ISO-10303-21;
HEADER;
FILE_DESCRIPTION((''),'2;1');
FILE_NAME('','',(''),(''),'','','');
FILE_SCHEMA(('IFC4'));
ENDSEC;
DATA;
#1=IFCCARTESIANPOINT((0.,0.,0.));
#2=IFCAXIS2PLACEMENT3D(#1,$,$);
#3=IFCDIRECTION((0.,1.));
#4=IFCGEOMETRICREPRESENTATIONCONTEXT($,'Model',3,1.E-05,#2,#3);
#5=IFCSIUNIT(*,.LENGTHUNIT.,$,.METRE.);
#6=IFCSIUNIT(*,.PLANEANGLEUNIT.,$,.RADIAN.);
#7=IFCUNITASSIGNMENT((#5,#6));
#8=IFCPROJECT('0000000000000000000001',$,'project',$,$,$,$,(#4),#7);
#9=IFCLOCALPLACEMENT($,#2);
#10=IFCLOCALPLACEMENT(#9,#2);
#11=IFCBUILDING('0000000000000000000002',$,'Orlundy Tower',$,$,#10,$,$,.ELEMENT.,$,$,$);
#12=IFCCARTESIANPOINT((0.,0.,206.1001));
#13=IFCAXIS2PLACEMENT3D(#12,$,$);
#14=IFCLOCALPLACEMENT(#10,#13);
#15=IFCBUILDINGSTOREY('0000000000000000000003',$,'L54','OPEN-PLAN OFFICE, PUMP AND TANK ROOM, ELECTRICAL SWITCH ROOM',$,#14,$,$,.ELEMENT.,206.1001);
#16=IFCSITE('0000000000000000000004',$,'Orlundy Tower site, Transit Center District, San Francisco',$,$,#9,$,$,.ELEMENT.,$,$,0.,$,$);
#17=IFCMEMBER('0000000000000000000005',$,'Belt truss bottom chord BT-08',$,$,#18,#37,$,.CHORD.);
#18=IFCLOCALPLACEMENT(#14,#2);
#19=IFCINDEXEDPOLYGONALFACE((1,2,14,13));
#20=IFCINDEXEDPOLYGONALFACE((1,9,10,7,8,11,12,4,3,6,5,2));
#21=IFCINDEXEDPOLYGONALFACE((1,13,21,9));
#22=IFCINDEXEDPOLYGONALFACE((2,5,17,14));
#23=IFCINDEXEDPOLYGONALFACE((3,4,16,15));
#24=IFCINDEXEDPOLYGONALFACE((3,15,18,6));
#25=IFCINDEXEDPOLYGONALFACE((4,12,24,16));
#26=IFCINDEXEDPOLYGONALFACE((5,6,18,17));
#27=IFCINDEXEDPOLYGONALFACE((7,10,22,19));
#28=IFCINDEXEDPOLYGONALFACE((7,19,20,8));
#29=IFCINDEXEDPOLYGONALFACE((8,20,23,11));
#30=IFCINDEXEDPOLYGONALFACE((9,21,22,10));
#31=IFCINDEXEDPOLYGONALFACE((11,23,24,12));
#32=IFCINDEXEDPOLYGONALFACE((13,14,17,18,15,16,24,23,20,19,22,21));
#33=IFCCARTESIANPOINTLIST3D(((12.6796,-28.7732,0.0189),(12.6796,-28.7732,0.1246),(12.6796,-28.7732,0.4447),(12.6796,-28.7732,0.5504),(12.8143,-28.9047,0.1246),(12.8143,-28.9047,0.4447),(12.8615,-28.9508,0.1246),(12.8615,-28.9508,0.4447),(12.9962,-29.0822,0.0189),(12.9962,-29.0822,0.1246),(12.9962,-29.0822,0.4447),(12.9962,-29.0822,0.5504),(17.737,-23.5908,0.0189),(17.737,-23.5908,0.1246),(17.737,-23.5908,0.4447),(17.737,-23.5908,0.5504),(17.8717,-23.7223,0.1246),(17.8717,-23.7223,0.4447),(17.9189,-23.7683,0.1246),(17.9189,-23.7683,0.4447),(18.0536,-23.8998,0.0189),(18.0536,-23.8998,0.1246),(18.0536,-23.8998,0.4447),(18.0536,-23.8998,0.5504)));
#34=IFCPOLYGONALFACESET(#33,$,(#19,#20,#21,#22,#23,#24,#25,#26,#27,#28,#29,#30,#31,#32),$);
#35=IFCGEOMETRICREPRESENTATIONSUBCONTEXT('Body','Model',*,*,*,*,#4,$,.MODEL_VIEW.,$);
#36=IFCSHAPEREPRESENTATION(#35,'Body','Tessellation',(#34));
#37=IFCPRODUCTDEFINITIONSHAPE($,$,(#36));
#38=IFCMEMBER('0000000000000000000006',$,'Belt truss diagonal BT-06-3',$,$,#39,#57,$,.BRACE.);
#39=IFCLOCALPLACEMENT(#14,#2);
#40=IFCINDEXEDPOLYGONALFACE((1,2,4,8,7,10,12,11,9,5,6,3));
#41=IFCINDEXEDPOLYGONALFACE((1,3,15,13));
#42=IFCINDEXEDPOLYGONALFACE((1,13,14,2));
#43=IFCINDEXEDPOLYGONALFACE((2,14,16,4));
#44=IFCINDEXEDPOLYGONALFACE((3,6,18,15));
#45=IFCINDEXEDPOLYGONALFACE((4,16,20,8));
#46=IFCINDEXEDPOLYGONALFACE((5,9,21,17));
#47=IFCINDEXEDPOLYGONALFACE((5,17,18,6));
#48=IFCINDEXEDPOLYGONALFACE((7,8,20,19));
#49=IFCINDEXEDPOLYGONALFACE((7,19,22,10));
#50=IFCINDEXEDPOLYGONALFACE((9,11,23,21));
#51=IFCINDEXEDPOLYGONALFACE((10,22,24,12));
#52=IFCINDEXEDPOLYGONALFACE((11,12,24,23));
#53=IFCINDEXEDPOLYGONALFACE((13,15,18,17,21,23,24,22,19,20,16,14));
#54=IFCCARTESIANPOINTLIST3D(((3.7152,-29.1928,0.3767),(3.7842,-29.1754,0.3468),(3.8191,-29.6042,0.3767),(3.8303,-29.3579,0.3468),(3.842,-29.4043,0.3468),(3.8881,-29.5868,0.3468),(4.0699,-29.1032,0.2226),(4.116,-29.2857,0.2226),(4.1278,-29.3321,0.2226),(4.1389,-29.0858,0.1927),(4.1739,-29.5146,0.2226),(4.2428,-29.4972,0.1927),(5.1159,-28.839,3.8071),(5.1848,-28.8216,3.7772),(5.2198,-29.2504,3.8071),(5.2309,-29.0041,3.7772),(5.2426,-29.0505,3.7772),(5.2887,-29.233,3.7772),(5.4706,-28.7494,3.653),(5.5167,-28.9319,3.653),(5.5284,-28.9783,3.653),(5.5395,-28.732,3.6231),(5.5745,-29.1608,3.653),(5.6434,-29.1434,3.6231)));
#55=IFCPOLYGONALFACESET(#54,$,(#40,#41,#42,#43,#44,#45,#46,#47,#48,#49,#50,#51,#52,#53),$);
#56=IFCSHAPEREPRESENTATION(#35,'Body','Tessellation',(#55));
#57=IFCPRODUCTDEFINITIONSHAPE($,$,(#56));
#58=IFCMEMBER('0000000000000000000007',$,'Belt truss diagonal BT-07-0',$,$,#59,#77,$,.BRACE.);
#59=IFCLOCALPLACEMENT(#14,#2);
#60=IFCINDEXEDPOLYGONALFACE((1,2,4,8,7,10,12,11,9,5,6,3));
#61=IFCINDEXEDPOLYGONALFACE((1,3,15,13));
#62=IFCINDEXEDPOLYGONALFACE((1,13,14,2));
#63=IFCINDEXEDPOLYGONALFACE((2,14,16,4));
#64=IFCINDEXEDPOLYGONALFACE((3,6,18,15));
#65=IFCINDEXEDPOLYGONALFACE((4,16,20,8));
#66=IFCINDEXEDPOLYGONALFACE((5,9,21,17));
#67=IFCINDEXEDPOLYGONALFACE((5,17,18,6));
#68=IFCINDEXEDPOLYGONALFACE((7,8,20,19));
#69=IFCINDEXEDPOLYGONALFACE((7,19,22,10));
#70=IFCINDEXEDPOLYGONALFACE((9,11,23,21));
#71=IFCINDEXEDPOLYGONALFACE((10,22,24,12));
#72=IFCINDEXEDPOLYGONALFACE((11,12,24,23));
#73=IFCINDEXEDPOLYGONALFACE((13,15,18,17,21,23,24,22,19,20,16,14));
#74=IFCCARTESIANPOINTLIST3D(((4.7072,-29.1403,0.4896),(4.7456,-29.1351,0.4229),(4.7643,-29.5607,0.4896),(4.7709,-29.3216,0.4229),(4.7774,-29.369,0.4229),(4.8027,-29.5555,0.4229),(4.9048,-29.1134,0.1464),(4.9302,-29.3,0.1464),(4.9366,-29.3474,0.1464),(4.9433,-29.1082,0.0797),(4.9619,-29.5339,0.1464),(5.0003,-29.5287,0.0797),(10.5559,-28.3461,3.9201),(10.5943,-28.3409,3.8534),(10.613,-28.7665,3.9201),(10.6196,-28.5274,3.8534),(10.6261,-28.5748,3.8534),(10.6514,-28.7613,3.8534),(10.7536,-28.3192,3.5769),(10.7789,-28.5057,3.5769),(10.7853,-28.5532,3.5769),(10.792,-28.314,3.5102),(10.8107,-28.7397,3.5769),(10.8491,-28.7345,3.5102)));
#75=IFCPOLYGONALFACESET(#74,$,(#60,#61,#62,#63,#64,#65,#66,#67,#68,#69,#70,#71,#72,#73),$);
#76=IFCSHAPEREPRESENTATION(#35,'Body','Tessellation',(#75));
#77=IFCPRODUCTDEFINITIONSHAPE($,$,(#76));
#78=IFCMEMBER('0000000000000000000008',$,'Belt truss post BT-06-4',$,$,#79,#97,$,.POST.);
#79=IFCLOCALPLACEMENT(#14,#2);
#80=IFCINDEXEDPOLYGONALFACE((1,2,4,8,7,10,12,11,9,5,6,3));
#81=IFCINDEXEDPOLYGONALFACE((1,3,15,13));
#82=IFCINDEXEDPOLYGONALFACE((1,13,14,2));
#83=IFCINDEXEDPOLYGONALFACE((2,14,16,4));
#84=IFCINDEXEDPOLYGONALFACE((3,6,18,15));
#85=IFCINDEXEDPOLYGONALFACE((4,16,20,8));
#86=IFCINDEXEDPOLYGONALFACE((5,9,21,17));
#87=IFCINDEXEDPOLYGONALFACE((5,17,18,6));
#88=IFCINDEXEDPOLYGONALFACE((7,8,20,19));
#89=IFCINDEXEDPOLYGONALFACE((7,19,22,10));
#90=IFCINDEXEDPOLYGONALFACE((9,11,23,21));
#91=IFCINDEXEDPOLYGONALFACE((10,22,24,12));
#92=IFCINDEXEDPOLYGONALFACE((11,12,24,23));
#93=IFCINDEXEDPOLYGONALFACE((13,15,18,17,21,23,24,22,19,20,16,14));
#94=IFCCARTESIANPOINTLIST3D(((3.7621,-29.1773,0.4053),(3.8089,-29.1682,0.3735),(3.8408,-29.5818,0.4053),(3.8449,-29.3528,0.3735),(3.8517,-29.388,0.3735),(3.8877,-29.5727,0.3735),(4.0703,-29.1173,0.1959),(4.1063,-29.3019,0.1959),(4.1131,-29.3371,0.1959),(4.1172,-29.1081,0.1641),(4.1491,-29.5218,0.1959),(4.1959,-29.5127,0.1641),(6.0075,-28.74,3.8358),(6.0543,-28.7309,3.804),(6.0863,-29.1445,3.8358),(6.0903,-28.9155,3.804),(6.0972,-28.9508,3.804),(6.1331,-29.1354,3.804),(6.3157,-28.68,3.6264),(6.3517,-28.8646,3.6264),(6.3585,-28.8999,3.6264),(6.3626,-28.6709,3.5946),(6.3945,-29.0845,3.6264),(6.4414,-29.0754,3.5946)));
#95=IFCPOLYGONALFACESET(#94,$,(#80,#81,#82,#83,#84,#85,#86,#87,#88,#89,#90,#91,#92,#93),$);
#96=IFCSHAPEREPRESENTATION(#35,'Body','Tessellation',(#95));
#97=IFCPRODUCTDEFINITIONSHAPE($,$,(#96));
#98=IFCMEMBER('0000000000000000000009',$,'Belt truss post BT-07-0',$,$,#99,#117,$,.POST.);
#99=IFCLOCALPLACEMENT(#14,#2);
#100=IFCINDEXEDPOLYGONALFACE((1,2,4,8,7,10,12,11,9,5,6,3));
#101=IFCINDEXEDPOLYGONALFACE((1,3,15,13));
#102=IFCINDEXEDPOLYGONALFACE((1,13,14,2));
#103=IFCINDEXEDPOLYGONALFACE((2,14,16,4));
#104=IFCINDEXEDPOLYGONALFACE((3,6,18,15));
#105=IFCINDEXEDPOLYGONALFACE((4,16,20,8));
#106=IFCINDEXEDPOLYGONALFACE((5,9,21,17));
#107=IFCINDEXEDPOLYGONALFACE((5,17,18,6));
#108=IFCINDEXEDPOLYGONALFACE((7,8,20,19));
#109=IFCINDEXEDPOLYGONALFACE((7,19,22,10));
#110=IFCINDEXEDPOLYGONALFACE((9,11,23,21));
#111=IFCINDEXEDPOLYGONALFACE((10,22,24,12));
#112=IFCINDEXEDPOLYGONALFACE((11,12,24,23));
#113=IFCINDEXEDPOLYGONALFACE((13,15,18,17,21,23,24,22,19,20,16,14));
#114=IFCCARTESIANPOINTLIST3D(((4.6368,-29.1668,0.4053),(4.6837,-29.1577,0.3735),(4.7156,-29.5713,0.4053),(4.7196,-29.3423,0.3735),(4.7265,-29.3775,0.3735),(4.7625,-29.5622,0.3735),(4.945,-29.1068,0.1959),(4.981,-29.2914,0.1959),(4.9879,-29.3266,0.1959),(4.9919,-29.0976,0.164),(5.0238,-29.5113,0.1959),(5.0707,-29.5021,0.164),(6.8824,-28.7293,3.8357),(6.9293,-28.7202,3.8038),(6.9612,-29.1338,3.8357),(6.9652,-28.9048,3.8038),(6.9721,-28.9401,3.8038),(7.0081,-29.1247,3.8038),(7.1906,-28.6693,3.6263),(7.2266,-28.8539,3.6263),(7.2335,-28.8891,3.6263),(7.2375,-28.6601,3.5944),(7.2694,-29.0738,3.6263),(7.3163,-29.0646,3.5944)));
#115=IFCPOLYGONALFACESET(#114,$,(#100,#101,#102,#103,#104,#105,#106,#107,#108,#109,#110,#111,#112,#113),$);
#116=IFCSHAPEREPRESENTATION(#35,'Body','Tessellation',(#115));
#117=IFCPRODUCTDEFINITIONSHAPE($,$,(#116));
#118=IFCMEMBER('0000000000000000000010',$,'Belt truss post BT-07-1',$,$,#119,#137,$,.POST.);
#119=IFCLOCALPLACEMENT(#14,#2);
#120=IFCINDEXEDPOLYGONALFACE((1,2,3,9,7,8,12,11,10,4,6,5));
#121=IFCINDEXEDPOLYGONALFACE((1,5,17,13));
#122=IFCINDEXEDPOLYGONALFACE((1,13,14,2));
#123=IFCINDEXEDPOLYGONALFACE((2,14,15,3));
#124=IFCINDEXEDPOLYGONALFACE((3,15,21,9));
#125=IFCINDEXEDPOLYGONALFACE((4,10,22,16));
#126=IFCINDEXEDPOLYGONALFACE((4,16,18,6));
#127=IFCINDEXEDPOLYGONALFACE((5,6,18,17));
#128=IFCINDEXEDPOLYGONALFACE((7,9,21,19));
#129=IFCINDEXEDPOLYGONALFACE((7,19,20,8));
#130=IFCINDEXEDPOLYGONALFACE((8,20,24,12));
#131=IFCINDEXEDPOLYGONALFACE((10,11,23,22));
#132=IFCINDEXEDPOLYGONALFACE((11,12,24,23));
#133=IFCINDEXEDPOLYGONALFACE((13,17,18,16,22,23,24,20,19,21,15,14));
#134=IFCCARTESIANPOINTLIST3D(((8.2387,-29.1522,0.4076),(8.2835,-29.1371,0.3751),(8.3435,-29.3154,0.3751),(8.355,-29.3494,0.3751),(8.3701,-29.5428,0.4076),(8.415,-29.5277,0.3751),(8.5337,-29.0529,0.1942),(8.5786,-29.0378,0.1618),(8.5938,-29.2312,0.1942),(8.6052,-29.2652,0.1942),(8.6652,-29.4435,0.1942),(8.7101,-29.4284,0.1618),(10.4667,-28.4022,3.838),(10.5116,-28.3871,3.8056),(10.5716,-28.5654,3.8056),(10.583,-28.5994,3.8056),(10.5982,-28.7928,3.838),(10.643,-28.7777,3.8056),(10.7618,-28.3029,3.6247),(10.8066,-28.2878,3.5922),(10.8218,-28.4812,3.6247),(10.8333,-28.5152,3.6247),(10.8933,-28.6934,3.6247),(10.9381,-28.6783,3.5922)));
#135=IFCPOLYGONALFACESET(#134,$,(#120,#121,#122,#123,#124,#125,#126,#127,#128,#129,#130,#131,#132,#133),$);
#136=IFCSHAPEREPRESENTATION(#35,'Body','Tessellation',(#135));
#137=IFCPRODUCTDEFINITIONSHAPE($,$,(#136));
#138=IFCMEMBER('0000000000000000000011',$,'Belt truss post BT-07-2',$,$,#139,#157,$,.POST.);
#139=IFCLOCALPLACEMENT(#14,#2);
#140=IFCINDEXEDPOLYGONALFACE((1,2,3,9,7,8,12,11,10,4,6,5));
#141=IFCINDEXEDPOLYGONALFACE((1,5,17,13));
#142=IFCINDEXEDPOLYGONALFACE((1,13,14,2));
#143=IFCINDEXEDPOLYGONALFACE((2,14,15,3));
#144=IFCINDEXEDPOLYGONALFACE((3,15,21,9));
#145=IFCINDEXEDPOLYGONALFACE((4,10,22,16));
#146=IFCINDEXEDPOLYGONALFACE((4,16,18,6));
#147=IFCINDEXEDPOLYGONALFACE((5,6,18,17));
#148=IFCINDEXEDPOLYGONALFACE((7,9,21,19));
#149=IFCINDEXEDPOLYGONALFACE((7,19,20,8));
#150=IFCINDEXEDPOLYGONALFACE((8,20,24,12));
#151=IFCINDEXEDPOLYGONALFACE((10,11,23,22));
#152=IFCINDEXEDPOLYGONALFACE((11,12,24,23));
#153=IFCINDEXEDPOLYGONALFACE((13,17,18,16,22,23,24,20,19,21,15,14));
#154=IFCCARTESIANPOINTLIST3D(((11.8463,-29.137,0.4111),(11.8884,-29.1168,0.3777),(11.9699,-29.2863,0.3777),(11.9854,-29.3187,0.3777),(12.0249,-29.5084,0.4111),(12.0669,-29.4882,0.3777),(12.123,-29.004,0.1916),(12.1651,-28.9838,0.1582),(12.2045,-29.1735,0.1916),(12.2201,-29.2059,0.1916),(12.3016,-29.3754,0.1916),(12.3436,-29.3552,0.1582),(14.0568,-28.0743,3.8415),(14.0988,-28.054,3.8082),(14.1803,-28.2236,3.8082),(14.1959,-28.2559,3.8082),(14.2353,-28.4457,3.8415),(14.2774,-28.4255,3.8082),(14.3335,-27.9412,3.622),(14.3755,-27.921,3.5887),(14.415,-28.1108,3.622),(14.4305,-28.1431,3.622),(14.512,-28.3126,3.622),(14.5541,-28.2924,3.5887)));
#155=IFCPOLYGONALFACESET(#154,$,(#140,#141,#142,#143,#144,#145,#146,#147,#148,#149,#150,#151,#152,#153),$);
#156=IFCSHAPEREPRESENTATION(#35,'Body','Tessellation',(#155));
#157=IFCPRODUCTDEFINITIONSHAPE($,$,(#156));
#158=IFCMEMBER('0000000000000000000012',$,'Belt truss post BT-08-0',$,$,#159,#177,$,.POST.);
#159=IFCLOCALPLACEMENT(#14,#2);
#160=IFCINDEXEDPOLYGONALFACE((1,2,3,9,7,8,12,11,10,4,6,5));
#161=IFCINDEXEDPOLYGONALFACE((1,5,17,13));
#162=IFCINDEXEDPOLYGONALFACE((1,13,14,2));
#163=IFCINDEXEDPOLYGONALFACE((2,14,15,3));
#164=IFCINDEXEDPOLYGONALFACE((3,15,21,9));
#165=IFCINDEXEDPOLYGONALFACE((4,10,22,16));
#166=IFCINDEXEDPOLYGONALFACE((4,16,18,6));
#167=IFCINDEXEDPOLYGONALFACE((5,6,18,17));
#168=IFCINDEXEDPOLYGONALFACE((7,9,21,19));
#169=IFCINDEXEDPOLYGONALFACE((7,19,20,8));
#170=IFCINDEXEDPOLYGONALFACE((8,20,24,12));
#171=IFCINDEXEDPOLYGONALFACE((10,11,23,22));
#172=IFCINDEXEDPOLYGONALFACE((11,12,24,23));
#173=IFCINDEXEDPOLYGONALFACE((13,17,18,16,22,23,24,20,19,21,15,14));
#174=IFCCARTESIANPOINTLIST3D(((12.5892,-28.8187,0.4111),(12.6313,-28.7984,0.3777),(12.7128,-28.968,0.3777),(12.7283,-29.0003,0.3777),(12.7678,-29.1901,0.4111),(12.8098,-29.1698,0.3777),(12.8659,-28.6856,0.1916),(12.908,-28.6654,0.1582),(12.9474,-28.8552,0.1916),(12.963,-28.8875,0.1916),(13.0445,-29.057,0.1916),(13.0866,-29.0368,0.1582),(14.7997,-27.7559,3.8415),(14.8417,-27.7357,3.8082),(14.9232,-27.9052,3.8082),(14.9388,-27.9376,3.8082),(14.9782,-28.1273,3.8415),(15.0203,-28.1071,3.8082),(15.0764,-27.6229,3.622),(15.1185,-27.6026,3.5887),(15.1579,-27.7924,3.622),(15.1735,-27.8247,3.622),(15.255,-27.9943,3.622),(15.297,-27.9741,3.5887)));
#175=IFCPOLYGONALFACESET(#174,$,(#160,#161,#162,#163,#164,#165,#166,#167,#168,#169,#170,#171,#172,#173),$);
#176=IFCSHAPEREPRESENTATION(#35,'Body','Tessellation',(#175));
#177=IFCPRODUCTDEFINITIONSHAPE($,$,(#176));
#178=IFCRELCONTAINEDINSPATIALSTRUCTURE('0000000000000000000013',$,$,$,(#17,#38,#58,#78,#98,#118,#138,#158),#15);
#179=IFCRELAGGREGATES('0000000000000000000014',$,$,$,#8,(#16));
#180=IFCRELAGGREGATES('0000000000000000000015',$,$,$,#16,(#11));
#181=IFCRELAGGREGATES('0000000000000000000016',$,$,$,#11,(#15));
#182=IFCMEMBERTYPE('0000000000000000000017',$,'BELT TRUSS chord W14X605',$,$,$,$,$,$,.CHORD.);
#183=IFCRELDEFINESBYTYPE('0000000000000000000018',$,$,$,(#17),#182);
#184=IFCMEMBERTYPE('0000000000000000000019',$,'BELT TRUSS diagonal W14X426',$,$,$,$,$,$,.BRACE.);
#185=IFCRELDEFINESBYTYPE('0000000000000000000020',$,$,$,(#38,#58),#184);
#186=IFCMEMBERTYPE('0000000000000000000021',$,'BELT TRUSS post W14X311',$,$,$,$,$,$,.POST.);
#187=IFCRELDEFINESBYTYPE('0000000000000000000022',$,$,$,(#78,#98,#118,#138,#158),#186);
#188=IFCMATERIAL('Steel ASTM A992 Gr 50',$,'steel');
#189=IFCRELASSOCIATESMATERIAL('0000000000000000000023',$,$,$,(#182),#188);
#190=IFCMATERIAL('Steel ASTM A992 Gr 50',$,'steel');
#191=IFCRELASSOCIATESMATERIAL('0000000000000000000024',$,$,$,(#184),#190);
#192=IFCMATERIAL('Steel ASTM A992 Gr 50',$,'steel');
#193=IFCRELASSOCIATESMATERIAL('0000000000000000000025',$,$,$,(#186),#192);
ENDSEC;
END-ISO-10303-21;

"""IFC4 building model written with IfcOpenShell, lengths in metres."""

from ifc_helpers import new_model, si_unit, direction, frame, origin, origin_2d, place, context, subcontext, project, spatial, i_section, extrude, material, material_profile, profile_set, type_object, element, save


model = new_model("IFC4")

# Units and contexts
model_context = context("Model", 3, precision=1e-05, world=origin(), true_north=direction((0.0, 1.0)))
body_context = subcontext(model_context, "Body", "Model", "MODEL_VIEW")
ifc_project = project(units=[si_unit("LENGTHUNIT", "METRE"), si_unit("PLANEANGLEUNIT", "RADIAN")], contexts=[model_context])

# Site, building, storey
site_placement = place(None, origin())
site = spatial("IfcSite", under=ifc_project, at=site_placement, Name="Orlundy Tower site, Transit Center District, San Francisco", CompositionType="ELEMENT", RefElevation=0.0)
building_placement = place(site_placement, origin())
building = spatial("IfcBuilding", under=site, at=building_placement, Name="Orlundy Tower", CompositionType="ELEMENT")
storey_placement = place(building_placement, frame((0.0, 0.0, 206.1001)))
storey = spatial("IfcBuildingStorey", under=building, at=storey_placement, Name="L54", Description="OPEN-PLAN OFFICE, PUMP AND TANK ROOM, ELECTRICAL SWITCH ROOM", CompositionType="ELEMENT", Elevation=206.1001)

# Members
ifc_material_1 = material(Name="Steel ASTM A992 Gr 50", Category="steel")
ifc_material_profile_1 = material_profile(ifc_material_1, i_section(OverallWidth=0.4424, OverallDepth=0.5315, WebThickness=0.0659, FlangeThickness=0.1057, at=origin_2d()), Name="W14X605")
ifc_profile_set_1 = profile_set([ifc_material_profile_1], Name="Steel ASTM A992 Gr 50")
member_type_1 = type_object("IfcMemberType", Name="BELT TRUSS chord W14X605", PredefinedType="CHORD", material=ifc_profile_set_1)
member_1_placement = place(storey_placement, frame((12.8379, -28.9277, 0.2847), z_axis=(0.698423, 0.715685, 0.0), x_axis=(-0.715685, 0.698423, 0.0)))
element("IfcMember", 1, at=member_1_placement, inside=storey, type_object=member_type_1, Name="Belt truss bottom chord BT-08", PredefinedType="CHORD", context=body_context, shape_type="SweptSolid", body=[
    extrude(i_section(OverallWidth=0.4424, OverallDepth=0.5315, WebThickness=0.0659, FlangeThickness=0.1057, at=origin_2d()), origin(), (0.0, 0.0, 1.0), 7.2412),
])
ifc_material_2 = material(Name="Steel ASTM A992 Gr 50", Category="steel")
ifc_material_profile_2 = material_profile(ifc_material_2, i_section(OverallWidth=0.4243, OverallDepth=0.4741, WebThickness=0.0479, FlangeThickness=0.0771, at=origin_2d()), Name="W14X426")
ifc_profile_set_2 = profile_set([ifc_material_profile_2], Name="Steel ASTM A992 Gr 50")
member_type_2 = type_object("IfcMemberType", Name="BELT TRUSS diagonal W14X426", PredefinedType="BRACE", material=ifc_profile_set_2)
member_2_placement = place(storey_placement, frame((5.3796, -28.9912, 3.7151), z_axis=(-0.376293, -0.095041, -0.921613), x_axis=(0.244881, -0.969553, 0.0)))
element("IfcMember", 2, at=member_2_placement, inside=storey, type_object=member_type_2, Name="Belt truss diagonal BT-06-3", PredefinedType="BRACE", context=body_context, shape_type="SweptSolid", body=[
    extrude(i_section(OverallWidth=0.4243, OverallDepth=0.4741, WebThickness=0.0479, FlangeThickness=0.0771, at=origin_2d()), origin(), (0.0, 0.0, 1.0), 3.7222),
])
member_3_placement = place(storey_placement, frame((4.8538, -29.3345, 0.2847), z_axis=(0.856718, 0.116334, 0.502494), x_axis=(-0.134556, 0.990906, 0.0)))
element("IfcMember", 3, at=member_3_placement, inside=storey, type_object=member_type_2, Name="Belt truss diagonal BT-07-0", PredefinedType="BRACE", context=body_context, shape_type="SweptSolid", body=[
    extrude(i_section(OverallWidth=0.4243, OverallDepth=0.4741, WebThickness=0.0479, FlangeThickness=0.0771, at=origin_2d()), origin(), (0.0, 0.0, 1.0), 6.8269),
])
ifc_material_3 = material(Name="Steel ASTM A992 Gr 50", Category="steel")
ifc_material_profile_3 = material_profile(ifc_material_3, i_section(OverallWidth=0.4121, OverallDepth=0.4348, WebThickness=0.0359, FlangeThickness=0.0574, at=origin_2d()), Name="W14X311")
ifc_profile_set_3 = profile_set([ifc_material_profile_3], Name="Steel ASTM A992 Gr 50")
member_type_3 = type_object("IfcMemberType", Name="BELT TRUSS post W14X311", PredefinedType="POST", material=ifc_profile_set_3)
for number, where, z_axis, x_axis, name in (
    (4, (3.979, -29.345, 0.2847), (0.54457, 0.106048, 0.831984), (-0.191147, 0.981561, 0.0), "Belt truss post BT-06-4"),
    (5, (4.8538, -29.3345, 0.2847), (0.544608, 0.106103, 0.831952), (-0.19123, 0.981545, 0.0), "Belt truss post BT-07-0"),
):
    element("IfcMember", number, at=place(storey_placement, frame(where, z_axis=z_axis, x_axis=x_axis)), inside=storey, type_object=member_type_3, Name=name, PredefinedType="POST", context=body_context, shape_type="SweptSolid", body=[
        extrude(i_section(OverallWidth=0.4121, OverallDepth=0.4348, WebThickness=0.0359, FlangeThickness=0.0574, at=origin_2d()), origin(), (0.0, 0.0, 1.0), 4.1233),
    ])
member_4_placement = place(storey_placement, frame((8.4744, -29.2903, 0.2847), z_axis=(0.535757, 0.180347, 0.824887), x_axis=(-0.31903, 0.947744, 0.0)))
element("IfcMember", 6, at=member_4_placement, inside=storey, type_object=member_type_3, Name="Belt truss post BT-07-1", PredefinedType="POST", context=body_context, shape_type="SweptSolid", body=[
    extrude(i_section(OverallWidth=0.4121, OverallDepth=0.4348, WebThickness=0.0359, FlangeThickness=0.0574, at=origin_2d()), origin(), (0.0, 0.0, 1.0), 4.1587),
])
for number, where, z_axis, x_axis, name in (
    (7, (12.095, -29.2461, 0.2847), (0.524173, 0.252013, 0.813469), (-0.433304, 0.901248, 0.0), "Belt truss post BT-07-2"),
    (8, (12.8379, -28.9277, 0.2847), (0.524173, 0.252013, 0.813469), (-0.433304, 0.901248, 0.0), "Belt truss post BT-08-0"),
):
    element("IfcMember", number, at=place(storey_placement, frame(where, z_axis=z_axis, x_axis=x_axis)), inside=storey, type_object=member_type_3, Name=name, PredefinedType="POST", context=body_context, shape_type="SweptSolid", body=[
        extrude(i_section(OverallWidth=0.4121, OverallDepth=0.4348, WebThickness=0.0359, FlangeThickness=0.0574, at=origin_2d()), origin(), (0.0, 0.0, 1.0), 4.217),
    ])

save(model, "model.ifc")
